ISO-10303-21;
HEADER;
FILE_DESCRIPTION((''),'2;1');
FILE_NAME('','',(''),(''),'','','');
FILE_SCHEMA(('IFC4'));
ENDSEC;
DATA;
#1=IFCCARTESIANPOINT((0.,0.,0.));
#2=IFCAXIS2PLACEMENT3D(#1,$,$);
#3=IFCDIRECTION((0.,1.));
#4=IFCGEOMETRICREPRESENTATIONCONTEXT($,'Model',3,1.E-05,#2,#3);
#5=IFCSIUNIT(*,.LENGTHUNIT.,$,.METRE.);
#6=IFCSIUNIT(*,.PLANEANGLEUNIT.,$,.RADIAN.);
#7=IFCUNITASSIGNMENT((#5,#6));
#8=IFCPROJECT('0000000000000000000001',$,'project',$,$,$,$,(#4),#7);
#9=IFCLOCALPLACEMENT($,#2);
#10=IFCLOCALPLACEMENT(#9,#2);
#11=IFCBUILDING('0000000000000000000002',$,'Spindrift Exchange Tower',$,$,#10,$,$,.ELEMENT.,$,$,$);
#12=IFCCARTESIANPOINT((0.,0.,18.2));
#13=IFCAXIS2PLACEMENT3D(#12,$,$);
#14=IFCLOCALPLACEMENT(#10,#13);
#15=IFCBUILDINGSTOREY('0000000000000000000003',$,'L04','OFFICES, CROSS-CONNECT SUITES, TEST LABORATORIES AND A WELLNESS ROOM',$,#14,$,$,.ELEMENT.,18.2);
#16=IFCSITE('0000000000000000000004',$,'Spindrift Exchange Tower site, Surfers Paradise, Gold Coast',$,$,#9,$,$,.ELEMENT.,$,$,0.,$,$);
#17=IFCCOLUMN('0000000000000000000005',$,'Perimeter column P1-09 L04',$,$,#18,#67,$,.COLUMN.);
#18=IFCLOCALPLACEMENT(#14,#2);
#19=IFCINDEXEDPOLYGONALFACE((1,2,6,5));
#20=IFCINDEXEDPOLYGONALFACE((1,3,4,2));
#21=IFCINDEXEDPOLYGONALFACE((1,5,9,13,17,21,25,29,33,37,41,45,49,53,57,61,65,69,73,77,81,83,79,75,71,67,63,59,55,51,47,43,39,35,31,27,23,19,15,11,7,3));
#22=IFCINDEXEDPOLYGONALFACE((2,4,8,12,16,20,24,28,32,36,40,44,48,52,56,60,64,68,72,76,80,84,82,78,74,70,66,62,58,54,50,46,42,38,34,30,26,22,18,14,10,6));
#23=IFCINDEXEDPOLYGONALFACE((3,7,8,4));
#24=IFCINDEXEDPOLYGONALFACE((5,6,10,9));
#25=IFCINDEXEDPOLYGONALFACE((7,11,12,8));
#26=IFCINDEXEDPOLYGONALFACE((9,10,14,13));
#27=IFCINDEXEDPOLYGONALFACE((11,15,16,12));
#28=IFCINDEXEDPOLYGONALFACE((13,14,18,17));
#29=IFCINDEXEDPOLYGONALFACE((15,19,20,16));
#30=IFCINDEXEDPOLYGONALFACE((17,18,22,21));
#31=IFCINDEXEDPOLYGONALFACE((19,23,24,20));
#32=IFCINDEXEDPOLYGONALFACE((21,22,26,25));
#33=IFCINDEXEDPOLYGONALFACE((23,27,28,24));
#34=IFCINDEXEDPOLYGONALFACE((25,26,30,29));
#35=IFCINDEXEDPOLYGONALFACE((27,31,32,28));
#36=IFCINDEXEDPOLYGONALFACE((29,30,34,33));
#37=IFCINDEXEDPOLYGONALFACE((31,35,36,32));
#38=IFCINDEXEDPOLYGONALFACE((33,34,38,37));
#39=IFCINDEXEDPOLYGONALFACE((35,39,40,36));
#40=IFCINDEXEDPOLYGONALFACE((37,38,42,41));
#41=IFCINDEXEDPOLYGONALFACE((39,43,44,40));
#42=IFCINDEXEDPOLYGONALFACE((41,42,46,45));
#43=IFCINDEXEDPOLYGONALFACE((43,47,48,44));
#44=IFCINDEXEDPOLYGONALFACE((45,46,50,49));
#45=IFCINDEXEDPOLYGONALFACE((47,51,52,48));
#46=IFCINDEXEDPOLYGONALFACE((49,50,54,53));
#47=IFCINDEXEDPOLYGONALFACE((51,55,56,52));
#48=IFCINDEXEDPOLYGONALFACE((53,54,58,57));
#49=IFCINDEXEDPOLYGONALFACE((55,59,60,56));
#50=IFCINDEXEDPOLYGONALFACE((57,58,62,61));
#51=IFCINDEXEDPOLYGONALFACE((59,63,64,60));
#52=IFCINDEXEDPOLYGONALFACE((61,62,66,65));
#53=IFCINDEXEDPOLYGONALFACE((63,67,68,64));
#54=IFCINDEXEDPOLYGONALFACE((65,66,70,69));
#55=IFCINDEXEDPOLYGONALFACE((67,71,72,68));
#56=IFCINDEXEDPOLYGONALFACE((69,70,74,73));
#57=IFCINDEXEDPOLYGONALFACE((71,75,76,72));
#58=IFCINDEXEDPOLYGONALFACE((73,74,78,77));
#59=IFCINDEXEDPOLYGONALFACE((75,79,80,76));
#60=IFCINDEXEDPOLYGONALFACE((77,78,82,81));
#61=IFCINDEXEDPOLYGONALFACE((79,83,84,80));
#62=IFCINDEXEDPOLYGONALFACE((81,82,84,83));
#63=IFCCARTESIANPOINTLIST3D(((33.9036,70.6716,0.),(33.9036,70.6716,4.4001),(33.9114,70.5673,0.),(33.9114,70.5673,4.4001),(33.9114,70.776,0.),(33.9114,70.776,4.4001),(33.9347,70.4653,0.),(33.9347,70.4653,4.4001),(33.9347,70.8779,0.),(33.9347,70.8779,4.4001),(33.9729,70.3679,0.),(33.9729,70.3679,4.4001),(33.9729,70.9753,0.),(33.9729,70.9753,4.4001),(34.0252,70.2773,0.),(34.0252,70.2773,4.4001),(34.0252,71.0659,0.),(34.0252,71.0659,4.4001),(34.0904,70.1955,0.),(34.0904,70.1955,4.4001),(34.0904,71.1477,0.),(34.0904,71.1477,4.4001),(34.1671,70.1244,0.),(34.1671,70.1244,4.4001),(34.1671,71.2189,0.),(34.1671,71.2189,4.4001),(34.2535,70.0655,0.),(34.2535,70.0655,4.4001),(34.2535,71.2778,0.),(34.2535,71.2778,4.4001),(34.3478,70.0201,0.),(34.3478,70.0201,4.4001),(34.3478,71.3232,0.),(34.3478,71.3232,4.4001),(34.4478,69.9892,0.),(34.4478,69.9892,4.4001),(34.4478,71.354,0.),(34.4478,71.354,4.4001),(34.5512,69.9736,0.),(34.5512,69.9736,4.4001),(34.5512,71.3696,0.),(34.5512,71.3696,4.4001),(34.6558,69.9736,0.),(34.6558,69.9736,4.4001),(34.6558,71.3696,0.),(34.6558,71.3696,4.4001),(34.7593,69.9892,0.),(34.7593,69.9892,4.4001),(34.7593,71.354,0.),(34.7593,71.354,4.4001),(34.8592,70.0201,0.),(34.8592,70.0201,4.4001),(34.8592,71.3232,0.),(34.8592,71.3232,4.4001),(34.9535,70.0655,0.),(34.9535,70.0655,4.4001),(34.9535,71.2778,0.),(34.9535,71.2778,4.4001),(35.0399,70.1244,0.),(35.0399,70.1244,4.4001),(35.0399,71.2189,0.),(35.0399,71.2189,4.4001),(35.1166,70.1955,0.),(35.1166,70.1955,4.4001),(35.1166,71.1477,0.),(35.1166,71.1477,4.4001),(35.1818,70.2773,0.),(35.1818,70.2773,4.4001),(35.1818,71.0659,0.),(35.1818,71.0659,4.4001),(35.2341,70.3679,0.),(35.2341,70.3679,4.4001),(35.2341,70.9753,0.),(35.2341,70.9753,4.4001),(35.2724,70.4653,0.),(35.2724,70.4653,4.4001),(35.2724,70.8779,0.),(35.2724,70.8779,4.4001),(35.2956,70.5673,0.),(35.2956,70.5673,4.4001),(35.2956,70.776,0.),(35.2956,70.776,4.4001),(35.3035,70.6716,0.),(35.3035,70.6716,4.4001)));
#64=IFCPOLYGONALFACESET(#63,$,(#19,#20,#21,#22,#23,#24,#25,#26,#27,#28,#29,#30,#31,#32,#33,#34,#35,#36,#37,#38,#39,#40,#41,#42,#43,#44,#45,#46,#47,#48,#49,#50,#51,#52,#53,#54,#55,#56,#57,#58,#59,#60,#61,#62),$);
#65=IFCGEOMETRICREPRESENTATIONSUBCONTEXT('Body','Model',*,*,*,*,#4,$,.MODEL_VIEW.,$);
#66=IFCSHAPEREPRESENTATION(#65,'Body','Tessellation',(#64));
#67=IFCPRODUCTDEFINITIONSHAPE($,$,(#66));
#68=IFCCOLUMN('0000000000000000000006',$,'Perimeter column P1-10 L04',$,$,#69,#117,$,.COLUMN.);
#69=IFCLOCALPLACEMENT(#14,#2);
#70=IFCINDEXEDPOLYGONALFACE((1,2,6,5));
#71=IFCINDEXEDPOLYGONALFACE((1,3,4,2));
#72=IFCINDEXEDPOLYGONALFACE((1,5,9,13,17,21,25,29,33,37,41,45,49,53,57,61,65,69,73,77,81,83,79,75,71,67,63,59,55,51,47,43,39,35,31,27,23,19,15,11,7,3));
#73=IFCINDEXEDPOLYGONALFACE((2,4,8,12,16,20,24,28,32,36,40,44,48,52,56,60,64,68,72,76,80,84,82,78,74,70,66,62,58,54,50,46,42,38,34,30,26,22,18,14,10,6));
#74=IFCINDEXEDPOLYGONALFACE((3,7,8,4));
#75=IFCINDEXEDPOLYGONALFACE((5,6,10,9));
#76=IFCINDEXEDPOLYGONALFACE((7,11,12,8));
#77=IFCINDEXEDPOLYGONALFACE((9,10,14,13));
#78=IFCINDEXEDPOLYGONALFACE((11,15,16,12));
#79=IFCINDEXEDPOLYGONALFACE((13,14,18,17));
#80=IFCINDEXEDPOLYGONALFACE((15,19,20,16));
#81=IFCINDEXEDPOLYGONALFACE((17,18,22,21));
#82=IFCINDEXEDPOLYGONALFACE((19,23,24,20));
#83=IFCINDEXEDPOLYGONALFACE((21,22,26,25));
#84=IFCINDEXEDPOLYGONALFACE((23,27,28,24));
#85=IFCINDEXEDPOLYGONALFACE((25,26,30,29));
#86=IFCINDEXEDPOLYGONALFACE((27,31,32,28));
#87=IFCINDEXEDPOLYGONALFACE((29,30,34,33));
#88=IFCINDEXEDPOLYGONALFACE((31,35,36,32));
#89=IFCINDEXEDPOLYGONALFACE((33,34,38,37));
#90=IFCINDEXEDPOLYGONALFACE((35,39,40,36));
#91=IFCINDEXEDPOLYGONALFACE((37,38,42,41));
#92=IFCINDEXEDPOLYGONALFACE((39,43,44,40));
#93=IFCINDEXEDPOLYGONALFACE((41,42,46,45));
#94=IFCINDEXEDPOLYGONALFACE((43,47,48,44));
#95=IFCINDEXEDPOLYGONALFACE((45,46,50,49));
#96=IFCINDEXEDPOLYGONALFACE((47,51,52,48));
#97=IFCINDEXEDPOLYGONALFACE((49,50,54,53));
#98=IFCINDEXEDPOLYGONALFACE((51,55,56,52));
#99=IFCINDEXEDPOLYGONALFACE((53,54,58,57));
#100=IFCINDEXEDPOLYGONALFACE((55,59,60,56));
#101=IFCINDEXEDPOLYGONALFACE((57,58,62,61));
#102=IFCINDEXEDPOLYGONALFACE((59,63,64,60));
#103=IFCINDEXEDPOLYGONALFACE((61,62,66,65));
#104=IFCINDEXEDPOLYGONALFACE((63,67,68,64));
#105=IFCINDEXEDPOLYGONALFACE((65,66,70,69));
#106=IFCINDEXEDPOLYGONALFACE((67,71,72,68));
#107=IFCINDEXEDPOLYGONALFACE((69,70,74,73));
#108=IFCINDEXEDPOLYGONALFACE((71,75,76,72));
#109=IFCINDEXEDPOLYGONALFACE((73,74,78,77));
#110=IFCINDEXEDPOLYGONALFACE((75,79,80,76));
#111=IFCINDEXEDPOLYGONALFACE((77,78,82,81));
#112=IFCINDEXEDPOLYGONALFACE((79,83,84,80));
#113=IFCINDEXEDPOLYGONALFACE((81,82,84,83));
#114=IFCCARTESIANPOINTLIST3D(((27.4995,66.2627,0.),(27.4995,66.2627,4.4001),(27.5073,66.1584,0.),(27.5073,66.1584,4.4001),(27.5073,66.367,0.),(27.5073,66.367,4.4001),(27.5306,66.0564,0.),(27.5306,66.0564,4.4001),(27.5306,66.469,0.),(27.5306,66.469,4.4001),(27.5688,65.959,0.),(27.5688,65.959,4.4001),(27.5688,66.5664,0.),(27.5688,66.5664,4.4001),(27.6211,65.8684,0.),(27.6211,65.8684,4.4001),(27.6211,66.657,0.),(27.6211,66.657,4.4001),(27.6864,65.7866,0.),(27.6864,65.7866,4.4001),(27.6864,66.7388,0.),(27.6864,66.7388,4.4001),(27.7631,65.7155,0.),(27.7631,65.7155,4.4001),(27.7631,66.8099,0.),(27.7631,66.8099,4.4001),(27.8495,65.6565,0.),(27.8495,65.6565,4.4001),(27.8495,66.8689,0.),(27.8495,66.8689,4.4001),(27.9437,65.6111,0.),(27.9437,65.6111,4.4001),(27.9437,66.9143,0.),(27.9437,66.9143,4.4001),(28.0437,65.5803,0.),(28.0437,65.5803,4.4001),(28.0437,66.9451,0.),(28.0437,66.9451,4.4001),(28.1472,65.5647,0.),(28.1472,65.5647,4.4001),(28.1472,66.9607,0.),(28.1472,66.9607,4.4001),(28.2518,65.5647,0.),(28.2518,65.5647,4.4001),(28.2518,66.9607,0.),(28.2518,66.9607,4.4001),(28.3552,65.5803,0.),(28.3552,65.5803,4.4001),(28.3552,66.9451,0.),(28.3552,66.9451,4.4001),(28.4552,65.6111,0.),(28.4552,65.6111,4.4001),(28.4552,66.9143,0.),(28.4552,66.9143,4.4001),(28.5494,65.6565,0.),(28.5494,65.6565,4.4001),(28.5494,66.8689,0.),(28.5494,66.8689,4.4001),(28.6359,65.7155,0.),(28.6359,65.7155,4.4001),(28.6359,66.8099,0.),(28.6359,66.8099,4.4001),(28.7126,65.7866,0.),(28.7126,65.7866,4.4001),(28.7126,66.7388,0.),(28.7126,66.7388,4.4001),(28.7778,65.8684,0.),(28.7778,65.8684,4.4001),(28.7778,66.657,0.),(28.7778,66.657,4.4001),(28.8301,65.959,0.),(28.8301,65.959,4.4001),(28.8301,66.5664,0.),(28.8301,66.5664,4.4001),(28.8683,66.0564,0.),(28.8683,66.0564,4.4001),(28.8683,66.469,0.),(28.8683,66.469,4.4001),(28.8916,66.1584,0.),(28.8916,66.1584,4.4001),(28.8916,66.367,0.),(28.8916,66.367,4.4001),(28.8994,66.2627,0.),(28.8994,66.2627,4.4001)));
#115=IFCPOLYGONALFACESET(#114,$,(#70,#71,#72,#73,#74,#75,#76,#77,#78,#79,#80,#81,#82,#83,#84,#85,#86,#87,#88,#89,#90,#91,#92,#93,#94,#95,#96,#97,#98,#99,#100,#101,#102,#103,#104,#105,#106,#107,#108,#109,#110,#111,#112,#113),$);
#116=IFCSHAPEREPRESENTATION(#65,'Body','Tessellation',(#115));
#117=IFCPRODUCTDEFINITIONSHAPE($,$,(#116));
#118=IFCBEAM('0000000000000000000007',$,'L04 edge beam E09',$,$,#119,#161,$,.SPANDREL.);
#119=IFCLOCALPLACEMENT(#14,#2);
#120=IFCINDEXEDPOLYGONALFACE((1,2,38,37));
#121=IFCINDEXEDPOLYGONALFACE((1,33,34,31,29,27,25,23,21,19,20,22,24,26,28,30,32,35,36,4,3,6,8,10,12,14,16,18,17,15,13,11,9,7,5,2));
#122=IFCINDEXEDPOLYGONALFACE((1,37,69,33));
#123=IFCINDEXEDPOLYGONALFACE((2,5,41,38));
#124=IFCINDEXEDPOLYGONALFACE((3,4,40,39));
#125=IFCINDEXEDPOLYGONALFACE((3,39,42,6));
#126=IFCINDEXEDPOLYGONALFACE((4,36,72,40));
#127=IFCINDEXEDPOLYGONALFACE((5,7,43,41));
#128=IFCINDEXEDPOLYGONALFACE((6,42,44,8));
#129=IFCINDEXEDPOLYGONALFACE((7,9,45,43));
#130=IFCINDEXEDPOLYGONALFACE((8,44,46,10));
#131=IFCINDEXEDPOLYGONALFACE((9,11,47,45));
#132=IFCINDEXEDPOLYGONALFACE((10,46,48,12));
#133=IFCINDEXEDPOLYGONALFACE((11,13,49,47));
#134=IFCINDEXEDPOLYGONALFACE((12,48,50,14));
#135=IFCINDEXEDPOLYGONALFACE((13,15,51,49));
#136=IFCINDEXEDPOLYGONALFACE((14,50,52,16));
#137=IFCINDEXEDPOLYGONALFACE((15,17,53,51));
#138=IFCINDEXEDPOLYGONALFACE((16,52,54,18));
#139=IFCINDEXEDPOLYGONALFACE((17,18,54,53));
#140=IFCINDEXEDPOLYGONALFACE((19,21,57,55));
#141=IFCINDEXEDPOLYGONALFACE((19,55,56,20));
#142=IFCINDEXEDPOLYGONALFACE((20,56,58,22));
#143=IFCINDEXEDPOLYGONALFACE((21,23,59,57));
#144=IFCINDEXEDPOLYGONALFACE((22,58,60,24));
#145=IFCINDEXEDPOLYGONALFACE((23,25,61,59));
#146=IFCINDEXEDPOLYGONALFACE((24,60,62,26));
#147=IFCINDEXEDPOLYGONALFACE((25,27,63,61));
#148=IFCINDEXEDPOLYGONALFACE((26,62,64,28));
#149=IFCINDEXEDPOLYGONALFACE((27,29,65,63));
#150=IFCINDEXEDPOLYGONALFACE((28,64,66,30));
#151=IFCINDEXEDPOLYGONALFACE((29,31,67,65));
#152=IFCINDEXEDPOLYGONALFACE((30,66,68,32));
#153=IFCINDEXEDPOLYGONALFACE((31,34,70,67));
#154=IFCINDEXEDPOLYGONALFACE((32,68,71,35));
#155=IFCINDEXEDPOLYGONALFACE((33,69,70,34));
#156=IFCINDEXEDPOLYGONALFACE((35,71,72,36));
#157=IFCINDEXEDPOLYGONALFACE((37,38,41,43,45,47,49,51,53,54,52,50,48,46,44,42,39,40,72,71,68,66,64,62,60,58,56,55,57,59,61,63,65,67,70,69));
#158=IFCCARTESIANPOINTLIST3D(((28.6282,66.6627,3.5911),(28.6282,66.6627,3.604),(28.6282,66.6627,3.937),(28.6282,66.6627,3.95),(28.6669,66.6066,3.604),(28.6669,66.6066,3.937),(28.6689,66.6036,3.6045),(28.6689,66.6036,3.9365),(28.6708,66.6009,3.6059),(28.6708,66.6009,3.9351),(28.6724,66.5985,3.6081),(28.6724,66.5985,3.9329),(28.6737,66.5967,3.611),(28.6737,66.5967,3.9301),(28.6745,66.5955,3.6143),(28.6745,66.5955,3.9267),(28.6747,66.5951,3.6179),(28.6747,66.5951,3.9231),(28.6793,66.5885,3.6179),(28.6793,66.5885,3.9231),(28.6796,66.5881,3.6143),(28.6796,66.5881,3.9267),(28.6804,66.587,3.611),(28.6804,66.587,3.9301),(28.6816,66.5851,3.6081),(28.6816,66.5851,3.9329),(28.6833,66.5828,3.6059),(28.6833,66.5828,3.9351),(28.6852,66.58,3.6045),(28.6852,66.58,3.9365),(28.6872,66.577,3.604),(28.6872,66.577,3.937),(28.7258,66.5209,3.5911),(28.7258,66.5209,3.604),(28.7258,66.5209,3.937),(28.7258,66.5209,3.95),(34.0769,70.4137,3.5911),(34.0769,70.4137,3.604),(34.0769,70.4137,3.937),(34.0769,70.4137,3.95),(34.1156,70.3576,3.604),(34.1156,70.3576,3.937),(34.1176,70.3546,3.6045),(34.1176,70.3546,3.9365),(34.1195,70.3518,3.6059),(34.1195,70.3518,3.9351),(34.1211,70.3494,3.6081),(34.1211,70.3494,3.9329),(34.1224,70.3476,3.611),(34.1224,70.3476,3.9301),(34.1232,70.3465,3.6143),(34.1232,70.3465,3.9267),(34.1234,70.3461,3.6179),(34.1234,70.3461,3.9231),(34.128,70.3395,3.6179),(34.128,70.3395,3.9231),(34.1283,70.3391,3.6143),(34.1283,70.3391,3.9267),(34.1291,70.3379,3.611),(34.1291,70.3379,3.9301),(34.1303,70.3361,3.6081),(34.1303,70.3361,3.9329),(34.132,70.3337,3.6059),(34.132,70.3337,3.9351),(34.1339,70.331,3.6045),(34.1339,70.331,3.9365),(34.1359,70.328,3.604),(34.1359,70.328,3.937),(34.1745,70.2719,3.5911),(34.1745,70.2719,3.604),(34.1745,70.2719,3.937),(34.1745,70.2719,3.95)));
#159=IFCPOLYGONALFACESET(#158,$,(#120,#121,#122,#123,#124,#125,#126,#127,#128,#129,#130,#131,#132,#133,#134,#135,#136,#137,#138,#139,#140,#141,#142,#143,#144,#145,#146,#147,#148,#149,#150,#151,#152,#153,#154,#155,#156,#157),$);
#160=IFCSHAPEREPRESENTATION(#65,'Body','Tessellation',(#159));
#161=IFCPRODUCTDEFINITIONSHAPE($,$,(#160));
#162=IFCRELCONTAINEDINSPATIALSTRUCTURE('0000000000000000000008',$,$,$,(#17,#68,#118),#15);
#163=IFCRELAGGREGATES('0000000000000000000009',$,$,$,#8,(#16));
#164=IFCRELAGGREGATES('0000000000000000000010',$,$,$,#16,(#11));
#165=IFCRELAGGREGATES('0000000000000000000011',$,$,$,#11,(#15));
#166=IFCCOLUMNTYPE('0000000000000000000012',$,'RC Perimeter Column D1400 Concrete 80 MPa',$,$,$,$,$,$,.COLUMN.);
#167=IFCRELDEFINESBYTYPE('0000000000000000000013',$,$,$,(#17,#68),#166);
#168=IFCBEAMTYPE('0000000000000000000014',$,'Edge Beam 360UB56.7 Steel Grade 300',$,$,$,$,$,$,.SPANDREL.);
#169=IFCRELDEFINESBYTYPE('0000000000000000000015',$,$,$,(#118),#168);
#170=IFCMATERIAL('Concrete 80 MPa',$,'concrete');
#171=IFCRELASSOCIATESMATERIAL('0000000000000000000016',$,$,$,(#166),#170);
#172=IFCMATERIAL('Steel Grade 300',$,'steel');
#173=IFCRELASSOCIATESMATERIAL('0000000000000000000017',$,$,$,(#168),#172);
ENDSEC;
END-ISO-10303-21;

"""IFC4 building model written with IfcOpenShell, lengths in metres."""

from ifc_helpers import new_model, si_unit, direction, frame, origin, origin_2d, place, context, subcontext, project, spatial, circle, i_section, extrude, source, transform, mapped, material, material_profile, profile_set, type_object, element, save


model = new_model("IFC4")

# Units and contexts
model_context = context("Model", 3, precision=1e-05, world=origin(), true_north=direction((0.0, 1.0)))
body_context = subcontext(model_context, "Body", "Model", "MODEL_VIEW")
ifc_project = project(units=[si_unit("LENGTHUNIT", "METRE"), si_unit("PLANEANGLEUNIT", "RADIAN")], contexts=[model_context])

# Site, building, storey
site_placement = place(None, origin())
site = spatial("IfcSite", under=ifc_project, at=site_placement, Name="Spindrift Exchange Tower site, Surfers Paradise, Gold Coast", CompositionType="ELEMENT", RefElevation=0.0)
building_placement = place(site_placement, origin())
building = spatial("IfcBuilding", under=site, at=building_placement, Name="Spindrift Exchange Tower", CompositionType="ELEMENT")
storey_placement = place(building_placement, frame((0.0, 0.0, 18.2)))
storey = spatial("IfcBuildingStorey", under=building, at=storey_placement, Name="L04", Description="OFFICES, CROSS-CONNECT SUITES, TEST LABORATORIES AND A WELLNESS ROOM", CompositionType="ELEMENT", Elevation=18.2)

# Columns
ifc_material_1 = material(Name="Concrete 80 MPa", Category="concrete")
ifc_material_profile_1 = material_profile(ifc_material_1, circle(Radius=0.7, at=origin_2d()), Name="RC D1400")
ifc_profile_set_1 = profile_set([ifc_material_profile_1], Name="Concrete 80 MPa")
column_type = type_object("IfcColumnType", Name="RC Perimeter Column D1400 Concrete 80 MPa", PredefinedType="COLUMN", material=ifc_profile_set_1)
shared_shape_1 = source(origin(), body_context, "Body", "SweptSolid", [
    extrude(circle(Radius=0.7, at=origin_2d()), origin(), (0.0, 0.0, 1.0), 4.4001),
])
for number, where, z_axis, x_axis, name in (
    (1, (34.6035, 70.6716, 0.0), (0.0, 0.0, 1.0), (1.0, 0.0, 0.0), "Perimeter column P1-09 L04"),
    (2, (28.1995, 66.2627, 0.0), (0.0, 0.0, 1.0), (1.0, 0.0, 0.0), "Perimeter column P1-10 L04"),
):
    element("IfcColumn", number, at=place(storey_placement, frame(where, z_axis=z_axis, x_axis=x_axis)), inside=storey, type_object=column_type, Name=name, PredefinedType="COLUMN", context=body_context, shape_type="MappedRepresentation", body=[
        mapped(shared_shape_1, transform((0.0, 0.0, 0.0), scale=1.0)),
    ])

# Beam
ifc_material_2 = material(Name="Steel Grade 300", Category="steel")
ifc_material_profile_2 = material_profile(ifc_material_2, i_section(OverallWidth=0.1721, OverallDepth=0.3589, WebThickness=0.0081, FlangeThickness=0.0129, FilletRadius=0.0139, at=origin_2d()), Name="360UB56.7")
ifc_profile_set_2 = profile_set([ifc_material_profile_2], Name="Steel Grade 300")
beam_type_1 = type_object("IfcBeamType", Name="Edge Beam 360UB56.7 Steel Grade 300", PredefinedType="SPANDREL", material=ifc_profile_set_2)
shared_shape_2 = source(origin(), body_context, "Body", "SweptSolid", [
    extrude(i_section(OverallWidth=0.1721, OverallDepth=0.3589, WebThickness=0.0081, FlangeThickness=0.0129, FilletRadius=0.0139, at=origin_2d()), origin(), (0.0, 0.0, 1.0), 6.615),
])
beam_1_placement = place(storey_placement, frame((34.1257, 70.3428, 3.7705), z_axis=(-0.823691, -0.567039, 0.0), x_axis=(0.567039, -0.823691, 0.0)))
element("IfcBeam", 3, at=beam_1_placement, inside=storey, type_object=beam_type_1, Name="L04 edge beam E09", PredefinedType="SPANDREL", context=body_context, shape_type="MappedRepresentation", body=[
    mapped(shared_shape_2, transform((0.0, 0.0, 0.0), scale=1.0)),
])

save(model, "model.ifc")
